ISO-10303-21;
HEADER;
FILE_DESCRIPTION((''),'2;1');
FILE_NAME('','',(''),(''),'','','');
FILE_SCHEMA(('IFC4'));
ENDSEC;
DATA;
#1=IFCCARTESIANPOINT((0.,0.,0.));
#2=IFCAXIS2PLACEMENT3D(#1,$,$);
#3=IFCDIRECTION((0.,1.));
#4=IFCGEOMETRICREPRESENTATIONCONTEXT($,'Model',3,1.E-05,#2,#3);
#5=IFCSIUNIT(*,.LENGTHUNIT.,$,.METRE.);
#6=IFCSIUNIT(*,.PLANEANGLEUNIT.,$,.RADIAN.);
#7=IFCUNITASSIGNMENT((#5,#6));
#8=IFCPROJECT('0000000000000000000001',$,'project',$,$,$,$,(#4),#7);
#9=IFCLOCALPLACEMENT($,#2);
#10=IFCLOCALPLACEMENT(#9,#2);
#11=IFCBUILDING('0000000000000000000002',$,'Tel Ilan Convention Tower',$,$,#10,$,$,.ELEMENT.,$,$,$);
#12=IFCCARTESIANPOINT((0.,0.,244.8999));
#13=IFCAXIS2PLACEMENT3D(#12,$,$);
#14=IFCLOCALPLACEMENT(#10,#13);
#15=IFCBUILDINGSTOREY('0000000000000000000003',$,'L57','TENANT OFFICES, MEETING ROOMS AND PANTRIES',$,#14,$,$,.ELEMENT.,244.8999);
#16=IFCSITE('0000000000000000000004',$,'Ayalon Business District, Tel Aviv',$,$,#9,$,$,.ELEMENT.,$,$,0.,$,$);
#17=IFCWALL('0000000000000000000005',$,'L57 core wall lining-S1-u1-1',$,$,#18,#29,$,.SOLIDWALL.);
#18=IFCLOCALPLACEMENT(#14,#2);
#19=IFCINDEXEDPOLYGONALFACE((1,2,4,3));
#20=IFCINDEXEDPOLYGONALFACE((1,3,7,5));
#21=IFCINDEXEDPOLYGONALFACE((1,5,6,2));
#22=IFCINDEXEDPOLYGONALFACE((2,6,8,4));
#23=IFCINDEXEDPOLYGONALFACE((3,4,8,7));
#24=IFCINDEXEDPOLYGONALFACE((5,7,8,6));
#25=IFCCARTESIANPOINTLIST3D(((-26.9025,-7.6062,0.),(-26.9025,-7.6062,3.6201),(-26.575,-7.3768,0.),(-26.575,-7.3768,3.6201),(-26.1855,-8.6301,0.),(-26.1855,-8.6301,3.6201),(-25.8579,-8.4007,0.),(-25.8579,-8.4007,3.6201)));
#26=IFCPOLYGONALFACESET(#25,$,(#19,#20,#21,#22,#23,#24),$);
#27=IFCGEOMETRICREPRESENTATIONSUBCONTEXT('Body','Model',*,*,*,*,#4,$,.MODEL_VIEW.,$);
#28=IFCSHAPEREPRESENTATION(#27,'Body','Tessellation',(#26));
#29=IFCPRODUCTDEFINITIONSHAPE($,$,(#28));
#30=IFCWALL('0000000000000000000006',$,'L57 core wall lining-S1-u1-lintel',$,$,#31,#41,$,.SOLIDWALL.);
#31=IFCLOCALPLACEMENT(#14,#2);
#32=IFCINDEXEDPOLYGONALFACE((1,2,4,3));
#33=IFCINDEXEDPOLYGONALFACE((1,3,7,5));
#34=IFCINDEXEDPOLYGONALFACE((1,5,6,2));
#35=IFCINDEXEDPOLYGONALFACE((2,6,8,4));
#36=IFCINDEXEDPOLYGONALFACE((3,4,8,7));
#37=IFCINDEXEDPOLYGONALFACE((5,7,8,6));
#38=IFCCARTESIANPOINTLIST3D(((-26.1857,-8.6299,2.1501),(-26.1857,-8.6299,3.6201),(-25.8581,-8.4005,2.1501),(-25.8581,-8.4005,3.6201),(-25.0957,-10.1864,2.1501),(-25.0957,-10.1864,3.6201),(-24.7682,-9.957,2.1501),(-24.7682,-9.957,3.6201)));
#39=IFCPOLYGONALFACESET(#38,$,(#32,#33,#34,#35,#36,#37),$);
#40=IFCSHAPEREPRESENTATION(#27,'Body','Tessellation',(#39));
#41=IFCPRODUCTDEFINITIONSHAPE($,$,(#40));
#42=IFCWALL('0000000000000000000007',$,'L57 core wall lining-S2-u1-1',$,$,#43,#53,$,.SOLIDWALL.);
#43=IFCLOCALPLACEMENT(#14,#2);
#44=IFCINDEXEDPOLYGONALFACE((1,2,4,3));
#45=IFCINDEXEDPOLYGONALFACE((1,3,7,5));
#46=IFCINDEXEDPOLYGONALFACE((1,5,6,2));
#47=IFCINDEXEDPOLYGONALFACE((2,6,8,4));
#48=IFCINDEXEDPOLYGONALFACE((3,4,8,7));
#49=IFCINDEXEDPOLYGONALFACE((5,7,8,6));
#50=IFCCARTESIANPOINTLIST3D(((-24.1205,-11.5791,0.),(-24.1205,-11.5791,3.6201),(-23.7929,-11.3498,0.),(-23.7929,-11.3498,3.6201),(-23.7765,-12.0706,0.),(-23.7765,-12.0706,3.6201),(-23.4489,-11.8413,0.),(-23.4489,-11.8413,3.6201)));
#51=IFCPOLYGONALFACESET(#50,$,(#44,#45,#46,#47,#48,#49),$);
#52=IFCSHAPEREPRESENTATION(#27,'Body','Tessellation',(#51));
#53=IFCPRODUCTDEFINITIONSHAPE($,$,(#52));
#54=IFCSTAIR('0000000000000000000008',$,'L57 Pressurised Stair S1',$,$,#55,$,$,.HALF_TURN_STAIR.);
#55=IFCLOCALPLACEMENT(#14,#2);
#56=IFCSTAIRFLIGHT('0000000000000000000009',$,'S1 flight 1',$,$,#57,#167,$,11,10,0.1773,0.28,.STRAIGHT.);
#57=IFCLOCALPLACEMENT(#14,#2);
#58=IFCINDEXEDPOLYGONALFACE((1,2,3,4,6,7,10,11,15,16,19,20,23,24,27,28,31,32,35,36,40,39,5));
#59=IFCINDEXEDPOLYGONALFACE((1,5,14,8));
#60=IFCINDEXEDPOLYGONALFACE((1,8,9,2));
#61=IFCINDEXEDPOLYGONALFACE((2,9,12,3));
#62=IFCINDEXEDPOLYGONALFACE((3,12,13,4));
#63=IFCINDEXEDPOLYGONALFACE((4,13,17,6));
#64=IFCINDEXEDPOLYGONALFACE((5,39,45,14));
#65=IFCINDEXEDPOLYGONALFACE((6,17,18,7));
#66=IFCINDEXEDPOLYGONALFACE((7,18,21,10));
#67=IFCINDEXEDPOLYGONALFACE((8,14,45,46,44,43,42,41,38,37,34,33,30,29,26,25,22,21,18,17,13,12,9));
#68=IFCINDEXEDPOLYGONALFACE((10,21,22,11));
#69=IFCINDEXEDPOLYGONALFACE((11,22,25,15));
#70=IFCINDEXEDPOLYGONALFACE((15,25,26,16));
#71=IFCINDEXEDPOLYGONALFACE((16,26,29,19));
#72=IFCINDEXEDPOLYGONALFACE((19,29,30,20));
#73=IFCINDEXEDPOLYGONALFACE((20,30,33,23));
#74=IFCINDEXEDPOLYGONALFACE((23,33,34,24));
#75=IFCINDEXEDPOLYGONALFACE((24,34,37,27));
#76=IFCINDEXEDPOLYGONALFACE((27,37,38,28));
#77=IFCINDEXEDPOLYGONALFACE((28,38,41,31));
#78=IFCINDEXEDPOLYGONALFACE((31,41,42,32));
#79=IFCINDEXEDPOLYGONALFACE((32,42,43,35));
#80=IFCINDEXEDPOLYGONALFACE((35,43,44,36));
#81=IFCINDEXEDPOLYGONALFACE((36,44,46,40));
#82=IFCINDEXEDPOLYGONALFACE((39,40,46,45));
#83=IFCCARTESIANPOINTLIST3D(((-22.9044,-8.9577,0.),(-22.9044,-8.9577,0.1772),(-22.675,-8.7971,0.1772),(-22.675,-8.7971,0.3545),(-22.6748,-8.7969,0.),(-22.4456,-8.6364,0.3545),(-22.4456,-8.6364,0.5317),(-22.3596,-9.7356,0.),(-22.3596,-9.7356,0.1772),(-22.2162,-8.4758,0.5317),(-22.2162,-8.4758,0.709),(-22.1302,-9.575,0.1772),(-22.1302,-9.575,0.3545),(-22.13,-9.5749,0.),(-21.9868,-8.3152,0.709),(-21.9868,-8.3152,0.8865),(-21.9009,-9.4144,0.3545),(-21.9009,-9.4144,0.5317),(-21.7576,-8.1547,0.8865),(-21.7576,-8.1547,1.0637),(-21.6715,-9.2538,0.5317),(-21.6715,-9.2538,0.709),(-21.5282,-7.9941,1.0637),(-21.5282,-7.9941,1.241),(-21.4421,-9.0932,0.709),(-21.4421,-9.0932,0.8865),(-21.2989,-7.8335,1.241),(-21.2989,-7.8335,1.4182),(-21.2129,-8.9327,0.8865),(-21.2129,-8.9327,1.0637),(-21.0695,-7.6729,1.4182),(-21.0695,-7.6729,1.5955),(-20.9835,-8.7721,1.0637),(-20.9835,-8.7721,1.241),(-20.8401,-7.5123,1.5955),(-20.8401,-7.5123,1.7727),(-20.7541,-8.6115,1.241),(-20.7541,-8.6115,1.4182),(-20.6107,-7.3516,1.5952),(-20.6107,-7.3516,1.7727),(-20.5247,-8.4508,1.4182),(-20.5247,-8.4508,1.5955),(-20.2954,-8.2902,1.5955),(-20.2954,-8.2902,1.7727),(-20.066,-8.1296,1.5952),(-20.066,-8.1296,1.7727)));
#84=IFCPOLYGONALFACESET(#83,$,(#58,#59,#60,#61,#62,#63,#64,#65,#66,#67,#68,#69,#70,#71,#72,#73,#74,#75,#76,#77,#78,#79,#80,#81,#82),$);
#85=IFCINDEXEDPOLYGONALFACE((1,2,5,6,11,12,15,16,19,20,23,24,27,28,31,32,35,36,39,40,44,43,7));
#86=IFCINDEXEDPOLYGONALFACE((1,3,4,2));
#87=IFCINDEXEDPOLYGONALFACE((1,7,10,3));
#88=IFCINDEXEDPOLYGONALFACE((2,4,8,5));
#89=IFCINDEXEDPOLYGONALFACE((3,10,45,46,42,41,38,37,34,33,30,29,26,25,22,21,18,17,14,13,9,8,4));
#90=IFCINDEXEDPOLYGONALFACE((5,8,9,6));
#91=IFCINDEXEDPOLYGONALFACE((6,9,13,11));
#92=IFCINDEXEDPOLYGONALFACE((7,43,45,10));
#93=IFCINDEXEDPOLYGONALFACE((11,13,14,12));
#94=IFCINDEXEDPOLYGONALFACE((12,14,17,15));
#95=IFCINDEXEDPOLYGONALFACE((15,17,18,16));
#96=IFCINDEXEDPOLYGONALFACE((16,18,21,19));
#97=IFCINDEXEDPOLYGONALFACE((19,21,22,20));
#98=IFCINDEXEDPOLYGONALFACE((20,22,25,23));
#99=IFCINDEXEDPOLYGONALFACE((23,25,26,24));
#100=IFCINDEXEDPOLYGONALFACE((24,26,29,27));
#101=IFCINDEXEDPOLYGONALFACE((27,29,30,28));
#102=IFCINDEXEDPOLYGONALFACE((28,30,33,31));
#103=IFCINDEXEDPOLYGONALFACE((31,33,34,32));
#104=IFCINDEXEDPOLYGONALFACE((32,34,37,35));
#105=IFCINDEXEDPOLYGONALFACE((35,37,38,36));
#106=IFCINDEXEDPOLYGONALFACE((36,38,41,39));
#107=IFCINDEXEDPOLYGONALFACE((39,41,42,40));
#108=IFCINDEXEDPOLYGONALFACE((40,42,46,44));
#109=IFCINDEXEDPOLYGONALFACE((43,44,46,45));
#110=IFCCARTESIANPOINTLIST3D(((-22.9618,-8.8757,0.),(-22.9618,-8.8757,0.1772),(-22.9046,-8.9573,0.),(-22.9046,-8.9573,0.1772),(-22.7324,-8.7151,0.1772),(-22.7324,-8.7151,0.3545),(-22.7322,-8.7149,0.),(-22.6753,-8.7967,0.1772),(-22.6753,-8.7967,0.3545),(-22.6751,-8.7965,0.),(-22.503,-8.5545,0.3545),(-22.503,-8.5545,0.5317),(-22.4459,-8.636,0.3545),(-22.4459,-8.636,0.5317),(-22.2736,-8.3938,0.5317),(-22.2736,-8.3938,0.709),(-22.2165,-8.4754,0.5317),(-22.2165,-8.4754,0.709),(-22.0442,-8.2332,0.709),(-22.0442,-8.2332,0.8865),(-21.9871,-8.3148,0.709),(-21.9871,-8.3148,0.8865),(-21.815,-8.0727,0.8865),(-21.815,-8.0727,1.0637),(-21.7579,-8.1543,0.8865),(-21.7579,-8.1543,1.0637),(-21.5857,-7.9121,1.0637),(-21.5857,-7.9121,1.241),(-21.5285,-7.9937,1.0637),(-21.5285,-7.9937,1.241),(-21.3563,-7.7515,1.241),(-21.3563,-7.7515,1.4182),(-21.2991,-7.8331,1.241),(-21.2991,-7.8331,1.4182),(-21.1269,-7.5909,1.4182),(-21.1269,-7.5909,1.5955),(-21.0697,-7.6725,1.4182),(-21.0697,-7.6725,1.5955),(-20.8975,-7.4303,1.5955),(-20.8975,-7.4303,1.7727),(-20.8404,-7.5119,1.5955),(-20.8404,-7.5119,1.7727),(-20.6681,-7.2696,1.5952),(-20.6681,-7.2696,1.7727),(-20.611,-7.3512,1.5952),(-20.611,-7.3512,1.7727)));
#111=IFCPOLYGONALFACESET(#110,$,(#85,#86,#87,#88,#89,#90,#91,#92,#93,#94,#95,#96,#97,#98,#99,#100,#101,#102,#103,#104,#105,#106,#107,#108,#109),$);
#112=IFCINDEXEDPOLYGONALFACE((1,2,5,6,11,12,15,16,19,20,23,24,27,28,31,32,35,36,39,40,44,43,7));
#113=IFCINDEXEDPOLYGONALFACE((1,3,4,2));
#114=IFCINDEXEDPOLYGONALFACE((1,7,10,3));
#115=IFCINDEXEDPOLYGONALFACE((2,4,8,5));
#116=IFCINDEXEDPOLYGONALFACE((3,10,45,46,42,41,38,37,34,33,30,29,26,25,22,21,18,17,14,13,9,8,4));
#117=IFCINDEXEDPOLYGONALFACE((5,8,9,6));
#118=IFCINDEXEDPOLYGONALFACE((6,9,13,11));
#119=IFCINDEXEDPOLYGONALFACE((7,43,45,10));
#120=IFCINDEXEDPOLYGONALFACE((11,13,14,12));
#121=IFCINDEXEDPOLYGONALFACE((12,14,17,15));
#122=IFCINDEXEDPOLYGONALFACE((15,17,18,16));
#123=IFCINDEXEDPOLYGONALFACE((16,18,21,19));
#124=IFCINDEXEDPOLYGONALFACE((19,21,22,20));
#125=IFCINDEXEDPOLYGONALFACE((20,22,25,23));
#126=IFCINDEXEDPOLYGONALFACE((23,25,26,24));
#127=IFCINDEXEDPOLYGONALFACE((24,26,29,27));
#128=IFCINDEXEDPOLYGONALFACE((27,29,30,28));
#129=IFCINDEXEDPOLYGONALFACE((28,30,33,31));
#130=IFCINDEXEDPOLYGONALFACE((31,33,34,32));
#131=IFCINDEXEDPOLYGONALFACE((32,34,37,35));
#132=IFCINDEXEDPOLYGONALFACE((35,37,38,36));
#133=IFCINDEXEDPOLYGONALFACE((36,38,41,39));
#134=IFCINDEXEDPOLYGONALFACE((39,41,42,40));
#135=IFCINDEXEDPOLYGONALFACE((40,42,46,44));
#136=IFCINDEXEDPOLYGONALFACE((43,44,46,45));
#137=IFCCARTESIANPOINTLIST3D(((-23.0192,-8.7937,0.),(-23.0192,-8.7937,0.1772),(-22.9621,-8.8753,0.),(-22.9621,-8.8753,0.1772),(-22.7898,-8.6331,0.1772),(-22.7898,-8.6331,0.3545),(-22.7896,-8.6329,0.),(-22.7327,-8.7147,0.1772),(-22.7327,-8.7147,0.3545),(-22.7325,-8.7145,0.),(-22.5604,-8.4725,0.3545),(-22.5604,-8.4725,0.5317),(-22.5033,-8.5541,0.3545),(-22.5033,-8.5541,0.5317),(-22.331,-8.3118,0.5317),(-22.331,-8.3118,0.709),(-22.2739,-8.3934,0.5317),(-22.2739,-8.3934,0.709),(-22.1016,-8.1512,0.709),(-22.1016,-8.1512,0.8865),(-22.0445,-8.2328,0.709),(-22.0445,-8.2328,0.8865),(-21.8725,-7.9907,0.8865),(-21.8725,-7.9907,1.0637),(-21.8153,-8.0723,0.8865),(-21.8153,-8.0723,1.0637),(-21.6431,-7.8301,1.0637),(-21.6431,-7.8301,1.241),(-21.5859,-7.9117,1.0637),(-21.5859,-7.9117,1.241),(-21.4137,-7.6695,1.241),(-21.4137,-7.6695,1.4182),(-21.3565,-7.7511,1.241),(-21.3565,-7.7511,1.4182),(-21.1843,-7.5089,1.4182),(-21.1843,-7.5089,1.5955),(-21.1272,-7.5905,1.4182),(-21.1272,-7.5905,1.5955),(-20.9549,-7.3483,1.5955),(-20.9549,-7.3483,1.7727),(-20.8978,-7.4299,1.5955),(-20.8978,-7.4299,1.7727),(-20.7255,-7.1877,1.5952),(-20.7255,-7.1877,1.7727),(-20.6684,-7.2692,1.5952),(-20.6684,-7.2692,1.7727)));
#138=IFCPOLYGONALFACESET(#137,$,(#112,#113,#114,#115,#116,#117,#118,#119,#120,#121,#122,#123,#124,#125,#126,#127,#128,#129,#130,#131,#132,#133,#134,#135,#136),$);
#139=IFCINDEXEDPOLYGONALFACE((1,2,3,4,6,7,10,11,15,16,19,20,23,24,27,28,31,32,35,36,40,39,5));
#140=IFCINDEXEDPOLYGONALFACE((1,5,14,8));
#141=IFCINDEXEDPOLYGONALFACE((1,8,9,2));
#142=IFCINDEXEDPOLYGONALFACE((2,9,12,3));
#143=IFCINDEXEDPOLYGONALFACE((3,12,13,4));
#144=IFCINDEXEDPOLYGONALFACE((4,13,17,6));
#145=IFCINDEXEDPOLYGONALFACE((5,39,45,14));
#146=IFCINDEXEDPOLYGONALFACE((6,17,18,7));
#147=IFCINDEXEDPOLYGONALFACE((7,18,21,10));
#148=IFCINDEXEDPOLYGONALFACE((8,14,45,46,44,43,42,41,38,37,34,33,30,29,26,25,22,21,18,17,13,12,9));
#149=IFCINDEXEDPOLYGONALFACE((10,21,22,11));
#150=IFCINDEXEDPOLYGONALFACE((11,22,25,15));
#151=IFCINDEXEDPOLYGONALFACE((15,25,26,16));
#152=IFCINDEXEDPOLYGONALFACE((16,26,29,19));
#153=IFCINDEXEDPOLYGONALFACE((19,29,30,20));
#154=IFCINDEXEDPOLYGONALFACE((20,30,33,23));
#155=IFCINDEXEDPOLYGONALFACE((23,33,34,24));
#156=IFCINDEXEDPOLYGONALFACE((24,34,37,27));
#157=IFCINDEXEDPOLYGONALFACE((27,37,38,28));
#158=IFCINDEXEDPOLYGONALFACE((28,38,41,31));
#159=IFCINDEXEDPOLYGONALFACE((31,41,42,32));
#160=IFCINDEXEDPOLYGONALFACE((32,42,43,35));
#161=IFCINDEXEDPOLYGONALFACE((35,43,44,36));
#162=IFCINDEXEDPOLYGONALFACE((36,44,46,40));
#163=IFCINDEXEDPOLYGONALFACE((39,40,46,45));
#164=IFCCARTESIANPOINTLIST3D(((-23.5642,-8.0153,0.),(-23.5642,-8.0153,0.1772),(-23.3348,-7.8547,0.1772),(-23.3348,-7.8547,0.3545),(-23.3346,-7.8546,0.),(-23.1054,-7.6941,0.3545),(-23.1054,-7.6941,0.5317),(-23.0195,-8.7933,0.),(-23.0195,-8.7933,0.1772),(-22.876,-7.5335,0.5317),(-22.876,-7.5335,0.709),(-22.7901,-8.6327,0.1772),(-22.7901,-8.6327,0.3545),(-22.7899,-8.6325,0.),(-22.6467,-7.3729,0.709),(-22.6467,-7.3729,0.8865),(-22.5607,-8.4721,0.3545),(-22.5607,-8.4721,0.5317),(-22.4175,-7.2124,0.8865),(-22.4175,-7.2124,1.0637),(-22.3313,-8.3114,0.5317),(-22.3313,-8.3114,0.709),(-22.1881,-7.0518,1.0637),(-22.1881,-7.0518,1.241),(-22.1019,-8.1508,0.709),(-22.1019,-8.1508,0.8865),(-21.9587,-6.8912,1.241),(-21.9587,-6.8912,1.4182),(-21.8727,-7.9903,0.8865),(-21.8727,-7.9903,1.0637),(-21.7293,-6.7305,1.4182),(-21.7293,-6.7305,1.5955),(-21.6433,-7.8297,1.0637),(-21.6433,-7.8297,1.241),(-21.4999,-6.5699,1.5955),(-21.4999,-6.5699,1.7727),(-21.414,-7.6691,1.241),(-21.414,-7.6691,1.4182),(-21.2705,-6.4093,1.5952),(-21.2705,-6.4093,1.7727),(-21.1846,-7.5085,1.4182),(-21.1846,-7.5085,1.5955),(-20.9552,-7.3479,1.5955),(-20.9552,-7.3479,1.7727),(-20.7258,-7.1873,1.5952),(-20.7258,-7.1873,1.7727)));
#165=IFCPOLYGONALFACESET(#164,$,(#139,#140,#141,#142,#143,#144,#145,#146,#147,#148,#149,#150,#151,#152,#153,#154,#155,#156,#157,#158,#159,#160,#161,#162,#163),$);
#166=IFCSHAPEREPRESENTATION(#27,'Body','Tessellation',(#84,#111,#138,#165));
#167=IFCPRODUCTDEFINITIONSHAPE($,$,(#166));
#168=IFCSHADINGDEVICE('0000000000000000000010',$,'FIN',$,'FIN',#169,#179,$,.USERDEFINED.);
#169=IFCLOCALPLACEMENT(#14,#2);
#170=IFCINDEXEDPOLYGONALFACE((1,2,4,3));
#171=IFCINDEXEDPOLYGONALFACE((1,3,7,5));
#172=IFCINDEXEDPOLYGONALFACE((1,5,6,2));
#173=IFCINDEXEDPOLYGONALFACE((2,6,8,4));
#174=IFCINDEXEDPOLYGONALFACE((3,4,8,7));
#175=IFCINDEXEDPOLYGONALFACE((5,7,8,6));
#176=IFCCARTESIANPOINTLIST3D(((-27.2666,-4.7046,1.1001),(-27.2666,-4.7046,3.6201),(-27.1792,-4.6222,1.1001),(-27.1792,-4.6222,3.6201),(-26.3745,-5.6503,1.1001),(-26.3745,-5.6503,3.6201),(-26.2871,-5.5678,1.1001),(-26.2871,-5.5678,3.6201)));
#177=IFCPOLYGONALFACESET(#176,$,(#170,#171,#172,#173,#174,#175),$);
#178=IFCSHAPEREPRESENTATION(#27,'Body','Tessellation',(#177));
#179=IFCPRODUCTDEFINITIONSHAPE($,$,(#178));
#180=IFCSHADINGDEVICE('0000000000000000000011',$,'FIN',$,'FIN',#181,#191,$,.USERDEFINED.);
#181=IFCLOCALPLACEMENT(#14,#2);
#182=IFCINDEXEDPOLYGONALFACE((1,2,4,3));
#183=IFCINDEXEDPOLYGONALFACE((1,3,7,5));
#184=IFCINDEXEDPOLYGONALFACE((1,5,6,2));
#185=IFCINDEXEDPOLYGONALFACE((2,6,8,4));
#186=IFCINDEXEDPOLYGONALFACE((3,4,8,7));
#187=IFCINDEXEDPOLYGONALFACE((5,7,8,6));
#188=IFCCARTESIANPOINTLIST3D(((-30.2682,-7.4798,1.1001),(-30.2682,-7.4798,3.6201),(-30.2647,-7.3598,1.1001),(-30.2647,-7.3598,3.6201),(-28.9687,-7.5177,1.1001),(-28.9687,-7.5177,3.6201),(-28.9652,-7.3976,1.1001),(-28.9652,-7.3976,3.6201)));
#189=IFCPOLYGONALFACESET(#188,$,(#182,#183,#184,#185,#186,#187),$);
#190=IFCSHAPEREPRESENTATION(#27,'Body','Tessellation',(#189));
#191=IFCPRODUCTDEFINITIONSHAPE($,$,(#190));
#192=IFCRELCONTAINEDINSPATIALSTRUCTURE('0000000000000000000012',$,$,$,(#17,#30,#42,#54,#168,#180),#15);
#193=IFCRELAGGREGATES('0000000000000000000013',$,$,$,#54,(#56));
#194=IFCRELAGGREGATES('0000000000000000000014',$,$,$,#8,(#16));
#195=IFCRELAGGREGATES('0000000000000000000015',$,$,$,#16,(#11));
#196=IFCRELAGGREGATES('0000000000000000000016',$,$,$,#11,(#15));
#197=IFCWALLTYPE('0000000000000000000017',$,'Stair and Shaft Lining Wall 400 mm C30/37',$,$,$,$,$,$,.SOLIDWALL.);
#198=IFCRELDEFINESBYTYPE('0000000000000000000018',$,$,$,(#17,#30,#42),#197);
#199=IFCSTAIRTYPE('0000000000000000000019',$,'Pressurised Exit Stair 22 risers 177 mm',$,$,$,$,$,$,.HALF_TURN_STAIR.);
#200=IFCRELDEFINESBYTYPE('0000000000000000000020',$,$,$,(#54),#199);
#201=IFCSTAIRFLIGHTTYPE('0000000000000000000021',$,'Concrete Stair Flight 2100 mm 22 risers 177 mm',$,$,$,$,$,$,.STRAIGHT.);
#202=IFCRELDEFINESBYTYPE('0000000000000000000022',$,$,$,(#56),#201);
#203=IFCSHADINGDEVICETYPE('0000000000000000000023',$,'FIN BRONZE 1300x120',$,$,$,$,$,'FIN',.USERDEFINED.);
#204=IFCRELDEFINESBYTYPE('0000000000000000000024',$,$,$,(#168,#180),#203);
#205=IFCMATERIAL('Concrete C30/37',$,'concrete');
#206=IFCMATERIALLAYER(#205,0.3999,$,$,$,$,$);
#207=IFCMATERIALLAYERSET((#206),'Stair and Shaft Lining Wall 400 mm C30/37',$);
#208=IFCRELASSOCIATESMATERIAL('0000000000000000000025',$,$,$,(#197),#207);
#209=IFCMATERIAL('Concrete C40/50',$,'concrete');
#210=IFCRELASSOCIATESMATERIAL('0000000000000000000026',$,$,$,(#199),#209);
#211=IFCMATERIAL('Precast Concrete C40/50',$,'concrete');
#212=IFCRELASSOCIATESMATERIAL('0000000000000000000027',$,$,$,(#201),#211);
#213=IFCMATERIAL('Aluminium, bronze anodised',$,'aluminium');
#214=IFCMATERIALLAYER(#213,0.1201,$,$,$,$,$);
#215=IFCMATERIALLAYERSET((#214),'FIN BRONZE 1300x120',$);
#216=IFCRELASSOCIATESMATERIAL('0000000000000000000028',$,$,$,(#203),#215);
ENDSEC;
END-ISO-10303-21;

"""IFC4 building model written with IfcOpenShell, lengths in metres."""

from ifc_helpers import new_model, si_unit, direction, frame, frame_2d, origin, origin_2d, place, context, subcontext, project, spatial, polyline, rectangle, outline, extrude, material, layer, layer_set, type_object, element, aggregate, save


model = new_model("IFC4")

# Units and contexts
model_context = context("Model", 3, precision=1e-05, world=origin(), true_north=direction((0.0, 1.0)))
body_context = subcontext(model_context, "Body", "Model", "MODEL_VIEW")
ifc_project = project(units=[si_unit("LENGTHUNIT", "METRE"), si_unit("PLANEANGLEUNIT", "RADIAN")], contexts=[model_context])

# Site, building, storey
site_placement = place(None, origin())
site = spatial("IfcSite", under=ifc_project, at=site_placement, Name="Ayalon Business District, Tel Aviv", CompositionType="ELEMENT", RefElevation=0.0)
building_placement = place(site_placement, origin())
building = spatial("IfcBuilding", under=site, at=building_placement, Name="Tel Ilan Convention Tower", CompositionType="ELEMENT")
storey_placement = place(building_placement, frame((0.0, 0.0, 244.8999)))
storey = spatial("IfcBuildingStorey", under=building, at=storey_placement, Name="L57", Description="TENANT OFFICES, MEETING ROOMS AND PANTRIES", CompositionType="ELEMENT", Elevation=244.8999)

# Walls
ifc_material_1 = material(Name="Concrete C30/37", Category="concrete")
ifc_layer_1 = layer(ifc_material_1, 0.3999)
ifc_layer_set_1 = layer_set([ifc_layer_1], Name="Stair and Shaft Lining Wall 400 mm C30/37")
wall_type_1 = type_object("IfcWallType", Name="Stair and Shaft Lining Wall 400 mm C30/37", PredefinedType="SOLIDWALL", material=ifc_layer_set_1)
wall_1_placement = place(storey_placement, frame((-26.0217, -8.5154, 0.0), z_axis=(0.0, 0.0, 1.0), x_axis=(-0.57362, 0.819122, 0.0)))
element("IfcWall", 1, at=wall_1_placement, inside=storey, type_object=wall_type_1, Name="L57 core wall lining-S1-u1-1", PredefinedType="SOLIDWALL", context=body_context, shape_type="SweptSolid", body=[
    extrude(rectangle(XDim=1.25, YDim=0.3999, at=frame_2d((0.625, 0.0))), origin(), (0.0, 0.0, 1.0), 3.6201),
])
wall_2_placement = place(storey_placement, frame((-24.9319, -10.0718, 2.1501), z_axis=(0.0, 0.0, 1.0), x_axis=(-0.573592, 0.819141, 0.0)))
element("IfcWall", 2, at=wall_2_placement, inside=storey, type_object=wall_type_1, Name="L57 core wall lining-S1-u1-lintel", PredefinedType="SOLIDWALL", context=body_context, shape_type="SweptSolid", body=[
    extrude(rectangle(XDim=1.9001, YDim=0.3999, at=frame_2d((0.9502, 0.0))), origin(), (0.0, 0.0, 1.0), 1.47),
])
wall_3_placement = place(storey_placement, frame((-23.6128, -11.9558, 0.0), z_axis=(0.0, 0.0, 1.0), x_axis=(-0.573435, 0.819251, 0.0)))
element("IfcWall", 3, at=wall_3_placement, inside=storey, type_object=wall_type_1, Name="L57 core wall lining-S2-u1-1", PredefinedType="SOLIDWALL", context=body_context, shape_type="SweptSolid", body=[
    extrude(rectangle(XDim=0.5999, YDim=0.3999, at=frame_2d((0.2998, 0.0))), origin(), (0.0, 0.0, 1.0), 3.6201),
])

# Stair, stair flight
ifc_material_2 = material(Name="Concrete C40/50", Category="concrete")
stair_type = type_object("IfcStairType", Name="Pressurised Exit Stair 22 risers 177 mm", PredefinedType="HALF_TURN_STAIR", material=ifc_material_2)
stair_placement = place(storey_placement, origin())
stair = element("IfcStair", 4, at=stair_placement, inside=storey, type_object=stair_type, Name="L57 Pressurised Stair S1", PredefinedType="HALF_TURN_STAIR")
ifc_material_3 = material(Name="Precast Concrete C40/50", Category="concrete")
stair_flight_type = type_object("IfcStairFlightType", Name="Concrete Stair Flight 2100 mm 22 risers 177 mm", PredefinedType="STRAIGHT", material=ifc_material_3)
stair_flight_placement = place(storey_placement, frame((-22.9619, -8.8755, 0.0), z_axis=(0.0, 0.0, 1.0), x_axis=(0.819152, 0.573576, 0.0)))
stair_flight = element("IfcStairFlight", 5, at=stair_flight_placement, type_object=stair_flight_type, Name="S1 flight 1", NumberOfRisers=11, NumberOfTreads=10, PredefinedType="STRAIGHT", RiserHeight=0.1773, TreadLength=0.28, context=body_context, shape_type="SweptSolid", body=[
    extrude(outline(polyline([(0.0, 0.0), (0.0, 0.1772), (0.28, 0.1772), (0.28, 0.3545), (0.5601, 0.3545), (0.5601, 0.5317), (0.8401, 0.5317), (0.8401, 0.709), (1.1201, 0.709), (1.1201, 0.8865), (1.3999, 0.8865), (1.3999, 1.0637), (1.6799, 1.0637), (1.6799, 1.241), (1.96, 1.241), (1.96, 1.4182), (2.24, 1.4182), (2.24, 1.5955), (2.52, 1.5955), (2.52, 1.7727), (2.8, 1.7727), (2.8, 1.95), (2.8, 1.5952), (0.2803, 0.0), (0.0, 0.0)])), frame((0.0, -0.1003, 0.0), z_axis=(0.0, -1.0, 0.0), x_axis=(1.0, 0.0, 0.0)), (0.0, 0.0, 1.0), 0.9497),
    extrude(outline(polyline([(0.0, 0.0), (0.0, 0.1772), (0.28, 0.1772), (0.28, 0.3545), (0.5601, 0.3545), (0.5601, 0.5317), (0.8401, 0.5317), (0.8401, 0.709), (1.1201, 0.709), (1.1201, 0.8865), (1.3999, 0.8865), (1.3999, 1.0637), (1.6799, 1.0637), (1.6799, 1.241), (1.96, 1.241), (1.96, 1.4182), (2.24, 1.4182), (2.24, 1.5955), (2.52, 1.5955), (2.52, 1.7727), (2.8, 1.7727), (2.8, 1.95), (2.8, 1.5952), (0.2803, 0.0), (0.0, 0.0)])), frame((0.0, -0.0002, 0.0), z_axis=(0.0, -1.0, 0.0), x_axis=(1.0, 0.0, 0.0)), (0.0, 0.0, 1.0), 0.0996),
    extrude(outline(polyline([(0.0, 0.0), (0.0, 0.1772), (0.28, 0.1772), (0.28, 0.3545), (0.5601, 0.3545), (0.5601, 0.5317), (0.8401, 0.5317), (0.8401, 0.709), (1.1201, 0.709), (1.1201, 0.8865), (1.3999, 0.8865), (1.3999, 1.0637), (1.6799, 1.0637), (1.6799, 1.241), (1.96, 1.241), (1.96, 1.4182), (2.24, 1.4182), (2.24, 1.5955), (2.52, 1.5955), (2.52, 1.7727), (2.8, 1.7727), (2.8, 1.95), (2.8, 1.5952), (0.2803, 0.0), (0.0, 0.0)])), frame((0.0, 0.0999, 0.0), z_axis=(0.0, -1.0, 0.0), x_axis=(1.0, 0.0, 0.0)), (0.0, 0.0, 1.0), 0.0996),
    extrude(outline(polyline([(0.0, 0.0), (0.0, 0.1772), (0.28, 0.1772), (0.28, 0.3545), (0.5601, 0.3545), (0.5601, 0.5317), (0.8401, 0.5317), (0.8401, 0.709), (1.1201, 0.709), (1.1201, 0.8865), (1.3999, 0.8865), (1.3999, 1.0637), (1.6799, 1.0637), (1.6799, 1.241), (1.96, 1.241), (1.96, 1.4182), (2.24, 1.4182), (2.24, 1.5955), (2.52, 1.5955), (2.52, 1.7727), (2.8, 1.7727), (2.8, 1.95), (2.8, 1.5952), (0.2803, 0.0), (0.0, 0.0)])), frame((0.0, 1.05, 0.0), z_axis=(0.0, -1.0, 0.0), x_axis=(1.0, 0.0, 0.0)), (0.0, 0.0, 1.0), 0.9497),
])
aggregate(stair, [stair_flight])

# Shading devices
ifc_material_4 = material(Name="Aluminium, bronze anodised", Category="aluminium")
ifc_layer_2 = layer(ifc_material_4, 0.1201)
ifc_layer_set_2 = layer_set([ifc_layer_2], Name="FIN BRONZE 1300x120")
shading_device_type = type_object("IfcShadingDeviceType", Name="FIN BRONZE 1300x120", ElementType="FIN", PredefinedType="USERDEFINED", material=ifc_layer_set_2)
for number, where, z_axis, x_axis, name in (
    (6, (-26.7769, -5.1362, 1.1001), (0.0, 0.0, 1.0), (-0.686242, 0.727374, 0.0), "FIN"),
    (7, (-29.6167, -7.4387, 1.1001), (0.0, 0.0, 1.0), (-0.999577, 0.029085, 0.0), "FIN"),
):
    element("IfcShadingDevice", number, at=place(storey_placement, frame(where, z_axis=z_axis, x_axis=x_axis)), inside=storey, type_object=shading_device_type, Name=name, ObjectType="FIN", PredefinedType="USERDEFINED", context=body_context, shape_type="SweptSolid", body=[
        extrude(rectangle(XDim=1.3, YDim=0.1201, at=origin_2d()), origin(), (0.0, 0.0, 1.0), 2.52),
    ])

save(model, "model.ifc")
